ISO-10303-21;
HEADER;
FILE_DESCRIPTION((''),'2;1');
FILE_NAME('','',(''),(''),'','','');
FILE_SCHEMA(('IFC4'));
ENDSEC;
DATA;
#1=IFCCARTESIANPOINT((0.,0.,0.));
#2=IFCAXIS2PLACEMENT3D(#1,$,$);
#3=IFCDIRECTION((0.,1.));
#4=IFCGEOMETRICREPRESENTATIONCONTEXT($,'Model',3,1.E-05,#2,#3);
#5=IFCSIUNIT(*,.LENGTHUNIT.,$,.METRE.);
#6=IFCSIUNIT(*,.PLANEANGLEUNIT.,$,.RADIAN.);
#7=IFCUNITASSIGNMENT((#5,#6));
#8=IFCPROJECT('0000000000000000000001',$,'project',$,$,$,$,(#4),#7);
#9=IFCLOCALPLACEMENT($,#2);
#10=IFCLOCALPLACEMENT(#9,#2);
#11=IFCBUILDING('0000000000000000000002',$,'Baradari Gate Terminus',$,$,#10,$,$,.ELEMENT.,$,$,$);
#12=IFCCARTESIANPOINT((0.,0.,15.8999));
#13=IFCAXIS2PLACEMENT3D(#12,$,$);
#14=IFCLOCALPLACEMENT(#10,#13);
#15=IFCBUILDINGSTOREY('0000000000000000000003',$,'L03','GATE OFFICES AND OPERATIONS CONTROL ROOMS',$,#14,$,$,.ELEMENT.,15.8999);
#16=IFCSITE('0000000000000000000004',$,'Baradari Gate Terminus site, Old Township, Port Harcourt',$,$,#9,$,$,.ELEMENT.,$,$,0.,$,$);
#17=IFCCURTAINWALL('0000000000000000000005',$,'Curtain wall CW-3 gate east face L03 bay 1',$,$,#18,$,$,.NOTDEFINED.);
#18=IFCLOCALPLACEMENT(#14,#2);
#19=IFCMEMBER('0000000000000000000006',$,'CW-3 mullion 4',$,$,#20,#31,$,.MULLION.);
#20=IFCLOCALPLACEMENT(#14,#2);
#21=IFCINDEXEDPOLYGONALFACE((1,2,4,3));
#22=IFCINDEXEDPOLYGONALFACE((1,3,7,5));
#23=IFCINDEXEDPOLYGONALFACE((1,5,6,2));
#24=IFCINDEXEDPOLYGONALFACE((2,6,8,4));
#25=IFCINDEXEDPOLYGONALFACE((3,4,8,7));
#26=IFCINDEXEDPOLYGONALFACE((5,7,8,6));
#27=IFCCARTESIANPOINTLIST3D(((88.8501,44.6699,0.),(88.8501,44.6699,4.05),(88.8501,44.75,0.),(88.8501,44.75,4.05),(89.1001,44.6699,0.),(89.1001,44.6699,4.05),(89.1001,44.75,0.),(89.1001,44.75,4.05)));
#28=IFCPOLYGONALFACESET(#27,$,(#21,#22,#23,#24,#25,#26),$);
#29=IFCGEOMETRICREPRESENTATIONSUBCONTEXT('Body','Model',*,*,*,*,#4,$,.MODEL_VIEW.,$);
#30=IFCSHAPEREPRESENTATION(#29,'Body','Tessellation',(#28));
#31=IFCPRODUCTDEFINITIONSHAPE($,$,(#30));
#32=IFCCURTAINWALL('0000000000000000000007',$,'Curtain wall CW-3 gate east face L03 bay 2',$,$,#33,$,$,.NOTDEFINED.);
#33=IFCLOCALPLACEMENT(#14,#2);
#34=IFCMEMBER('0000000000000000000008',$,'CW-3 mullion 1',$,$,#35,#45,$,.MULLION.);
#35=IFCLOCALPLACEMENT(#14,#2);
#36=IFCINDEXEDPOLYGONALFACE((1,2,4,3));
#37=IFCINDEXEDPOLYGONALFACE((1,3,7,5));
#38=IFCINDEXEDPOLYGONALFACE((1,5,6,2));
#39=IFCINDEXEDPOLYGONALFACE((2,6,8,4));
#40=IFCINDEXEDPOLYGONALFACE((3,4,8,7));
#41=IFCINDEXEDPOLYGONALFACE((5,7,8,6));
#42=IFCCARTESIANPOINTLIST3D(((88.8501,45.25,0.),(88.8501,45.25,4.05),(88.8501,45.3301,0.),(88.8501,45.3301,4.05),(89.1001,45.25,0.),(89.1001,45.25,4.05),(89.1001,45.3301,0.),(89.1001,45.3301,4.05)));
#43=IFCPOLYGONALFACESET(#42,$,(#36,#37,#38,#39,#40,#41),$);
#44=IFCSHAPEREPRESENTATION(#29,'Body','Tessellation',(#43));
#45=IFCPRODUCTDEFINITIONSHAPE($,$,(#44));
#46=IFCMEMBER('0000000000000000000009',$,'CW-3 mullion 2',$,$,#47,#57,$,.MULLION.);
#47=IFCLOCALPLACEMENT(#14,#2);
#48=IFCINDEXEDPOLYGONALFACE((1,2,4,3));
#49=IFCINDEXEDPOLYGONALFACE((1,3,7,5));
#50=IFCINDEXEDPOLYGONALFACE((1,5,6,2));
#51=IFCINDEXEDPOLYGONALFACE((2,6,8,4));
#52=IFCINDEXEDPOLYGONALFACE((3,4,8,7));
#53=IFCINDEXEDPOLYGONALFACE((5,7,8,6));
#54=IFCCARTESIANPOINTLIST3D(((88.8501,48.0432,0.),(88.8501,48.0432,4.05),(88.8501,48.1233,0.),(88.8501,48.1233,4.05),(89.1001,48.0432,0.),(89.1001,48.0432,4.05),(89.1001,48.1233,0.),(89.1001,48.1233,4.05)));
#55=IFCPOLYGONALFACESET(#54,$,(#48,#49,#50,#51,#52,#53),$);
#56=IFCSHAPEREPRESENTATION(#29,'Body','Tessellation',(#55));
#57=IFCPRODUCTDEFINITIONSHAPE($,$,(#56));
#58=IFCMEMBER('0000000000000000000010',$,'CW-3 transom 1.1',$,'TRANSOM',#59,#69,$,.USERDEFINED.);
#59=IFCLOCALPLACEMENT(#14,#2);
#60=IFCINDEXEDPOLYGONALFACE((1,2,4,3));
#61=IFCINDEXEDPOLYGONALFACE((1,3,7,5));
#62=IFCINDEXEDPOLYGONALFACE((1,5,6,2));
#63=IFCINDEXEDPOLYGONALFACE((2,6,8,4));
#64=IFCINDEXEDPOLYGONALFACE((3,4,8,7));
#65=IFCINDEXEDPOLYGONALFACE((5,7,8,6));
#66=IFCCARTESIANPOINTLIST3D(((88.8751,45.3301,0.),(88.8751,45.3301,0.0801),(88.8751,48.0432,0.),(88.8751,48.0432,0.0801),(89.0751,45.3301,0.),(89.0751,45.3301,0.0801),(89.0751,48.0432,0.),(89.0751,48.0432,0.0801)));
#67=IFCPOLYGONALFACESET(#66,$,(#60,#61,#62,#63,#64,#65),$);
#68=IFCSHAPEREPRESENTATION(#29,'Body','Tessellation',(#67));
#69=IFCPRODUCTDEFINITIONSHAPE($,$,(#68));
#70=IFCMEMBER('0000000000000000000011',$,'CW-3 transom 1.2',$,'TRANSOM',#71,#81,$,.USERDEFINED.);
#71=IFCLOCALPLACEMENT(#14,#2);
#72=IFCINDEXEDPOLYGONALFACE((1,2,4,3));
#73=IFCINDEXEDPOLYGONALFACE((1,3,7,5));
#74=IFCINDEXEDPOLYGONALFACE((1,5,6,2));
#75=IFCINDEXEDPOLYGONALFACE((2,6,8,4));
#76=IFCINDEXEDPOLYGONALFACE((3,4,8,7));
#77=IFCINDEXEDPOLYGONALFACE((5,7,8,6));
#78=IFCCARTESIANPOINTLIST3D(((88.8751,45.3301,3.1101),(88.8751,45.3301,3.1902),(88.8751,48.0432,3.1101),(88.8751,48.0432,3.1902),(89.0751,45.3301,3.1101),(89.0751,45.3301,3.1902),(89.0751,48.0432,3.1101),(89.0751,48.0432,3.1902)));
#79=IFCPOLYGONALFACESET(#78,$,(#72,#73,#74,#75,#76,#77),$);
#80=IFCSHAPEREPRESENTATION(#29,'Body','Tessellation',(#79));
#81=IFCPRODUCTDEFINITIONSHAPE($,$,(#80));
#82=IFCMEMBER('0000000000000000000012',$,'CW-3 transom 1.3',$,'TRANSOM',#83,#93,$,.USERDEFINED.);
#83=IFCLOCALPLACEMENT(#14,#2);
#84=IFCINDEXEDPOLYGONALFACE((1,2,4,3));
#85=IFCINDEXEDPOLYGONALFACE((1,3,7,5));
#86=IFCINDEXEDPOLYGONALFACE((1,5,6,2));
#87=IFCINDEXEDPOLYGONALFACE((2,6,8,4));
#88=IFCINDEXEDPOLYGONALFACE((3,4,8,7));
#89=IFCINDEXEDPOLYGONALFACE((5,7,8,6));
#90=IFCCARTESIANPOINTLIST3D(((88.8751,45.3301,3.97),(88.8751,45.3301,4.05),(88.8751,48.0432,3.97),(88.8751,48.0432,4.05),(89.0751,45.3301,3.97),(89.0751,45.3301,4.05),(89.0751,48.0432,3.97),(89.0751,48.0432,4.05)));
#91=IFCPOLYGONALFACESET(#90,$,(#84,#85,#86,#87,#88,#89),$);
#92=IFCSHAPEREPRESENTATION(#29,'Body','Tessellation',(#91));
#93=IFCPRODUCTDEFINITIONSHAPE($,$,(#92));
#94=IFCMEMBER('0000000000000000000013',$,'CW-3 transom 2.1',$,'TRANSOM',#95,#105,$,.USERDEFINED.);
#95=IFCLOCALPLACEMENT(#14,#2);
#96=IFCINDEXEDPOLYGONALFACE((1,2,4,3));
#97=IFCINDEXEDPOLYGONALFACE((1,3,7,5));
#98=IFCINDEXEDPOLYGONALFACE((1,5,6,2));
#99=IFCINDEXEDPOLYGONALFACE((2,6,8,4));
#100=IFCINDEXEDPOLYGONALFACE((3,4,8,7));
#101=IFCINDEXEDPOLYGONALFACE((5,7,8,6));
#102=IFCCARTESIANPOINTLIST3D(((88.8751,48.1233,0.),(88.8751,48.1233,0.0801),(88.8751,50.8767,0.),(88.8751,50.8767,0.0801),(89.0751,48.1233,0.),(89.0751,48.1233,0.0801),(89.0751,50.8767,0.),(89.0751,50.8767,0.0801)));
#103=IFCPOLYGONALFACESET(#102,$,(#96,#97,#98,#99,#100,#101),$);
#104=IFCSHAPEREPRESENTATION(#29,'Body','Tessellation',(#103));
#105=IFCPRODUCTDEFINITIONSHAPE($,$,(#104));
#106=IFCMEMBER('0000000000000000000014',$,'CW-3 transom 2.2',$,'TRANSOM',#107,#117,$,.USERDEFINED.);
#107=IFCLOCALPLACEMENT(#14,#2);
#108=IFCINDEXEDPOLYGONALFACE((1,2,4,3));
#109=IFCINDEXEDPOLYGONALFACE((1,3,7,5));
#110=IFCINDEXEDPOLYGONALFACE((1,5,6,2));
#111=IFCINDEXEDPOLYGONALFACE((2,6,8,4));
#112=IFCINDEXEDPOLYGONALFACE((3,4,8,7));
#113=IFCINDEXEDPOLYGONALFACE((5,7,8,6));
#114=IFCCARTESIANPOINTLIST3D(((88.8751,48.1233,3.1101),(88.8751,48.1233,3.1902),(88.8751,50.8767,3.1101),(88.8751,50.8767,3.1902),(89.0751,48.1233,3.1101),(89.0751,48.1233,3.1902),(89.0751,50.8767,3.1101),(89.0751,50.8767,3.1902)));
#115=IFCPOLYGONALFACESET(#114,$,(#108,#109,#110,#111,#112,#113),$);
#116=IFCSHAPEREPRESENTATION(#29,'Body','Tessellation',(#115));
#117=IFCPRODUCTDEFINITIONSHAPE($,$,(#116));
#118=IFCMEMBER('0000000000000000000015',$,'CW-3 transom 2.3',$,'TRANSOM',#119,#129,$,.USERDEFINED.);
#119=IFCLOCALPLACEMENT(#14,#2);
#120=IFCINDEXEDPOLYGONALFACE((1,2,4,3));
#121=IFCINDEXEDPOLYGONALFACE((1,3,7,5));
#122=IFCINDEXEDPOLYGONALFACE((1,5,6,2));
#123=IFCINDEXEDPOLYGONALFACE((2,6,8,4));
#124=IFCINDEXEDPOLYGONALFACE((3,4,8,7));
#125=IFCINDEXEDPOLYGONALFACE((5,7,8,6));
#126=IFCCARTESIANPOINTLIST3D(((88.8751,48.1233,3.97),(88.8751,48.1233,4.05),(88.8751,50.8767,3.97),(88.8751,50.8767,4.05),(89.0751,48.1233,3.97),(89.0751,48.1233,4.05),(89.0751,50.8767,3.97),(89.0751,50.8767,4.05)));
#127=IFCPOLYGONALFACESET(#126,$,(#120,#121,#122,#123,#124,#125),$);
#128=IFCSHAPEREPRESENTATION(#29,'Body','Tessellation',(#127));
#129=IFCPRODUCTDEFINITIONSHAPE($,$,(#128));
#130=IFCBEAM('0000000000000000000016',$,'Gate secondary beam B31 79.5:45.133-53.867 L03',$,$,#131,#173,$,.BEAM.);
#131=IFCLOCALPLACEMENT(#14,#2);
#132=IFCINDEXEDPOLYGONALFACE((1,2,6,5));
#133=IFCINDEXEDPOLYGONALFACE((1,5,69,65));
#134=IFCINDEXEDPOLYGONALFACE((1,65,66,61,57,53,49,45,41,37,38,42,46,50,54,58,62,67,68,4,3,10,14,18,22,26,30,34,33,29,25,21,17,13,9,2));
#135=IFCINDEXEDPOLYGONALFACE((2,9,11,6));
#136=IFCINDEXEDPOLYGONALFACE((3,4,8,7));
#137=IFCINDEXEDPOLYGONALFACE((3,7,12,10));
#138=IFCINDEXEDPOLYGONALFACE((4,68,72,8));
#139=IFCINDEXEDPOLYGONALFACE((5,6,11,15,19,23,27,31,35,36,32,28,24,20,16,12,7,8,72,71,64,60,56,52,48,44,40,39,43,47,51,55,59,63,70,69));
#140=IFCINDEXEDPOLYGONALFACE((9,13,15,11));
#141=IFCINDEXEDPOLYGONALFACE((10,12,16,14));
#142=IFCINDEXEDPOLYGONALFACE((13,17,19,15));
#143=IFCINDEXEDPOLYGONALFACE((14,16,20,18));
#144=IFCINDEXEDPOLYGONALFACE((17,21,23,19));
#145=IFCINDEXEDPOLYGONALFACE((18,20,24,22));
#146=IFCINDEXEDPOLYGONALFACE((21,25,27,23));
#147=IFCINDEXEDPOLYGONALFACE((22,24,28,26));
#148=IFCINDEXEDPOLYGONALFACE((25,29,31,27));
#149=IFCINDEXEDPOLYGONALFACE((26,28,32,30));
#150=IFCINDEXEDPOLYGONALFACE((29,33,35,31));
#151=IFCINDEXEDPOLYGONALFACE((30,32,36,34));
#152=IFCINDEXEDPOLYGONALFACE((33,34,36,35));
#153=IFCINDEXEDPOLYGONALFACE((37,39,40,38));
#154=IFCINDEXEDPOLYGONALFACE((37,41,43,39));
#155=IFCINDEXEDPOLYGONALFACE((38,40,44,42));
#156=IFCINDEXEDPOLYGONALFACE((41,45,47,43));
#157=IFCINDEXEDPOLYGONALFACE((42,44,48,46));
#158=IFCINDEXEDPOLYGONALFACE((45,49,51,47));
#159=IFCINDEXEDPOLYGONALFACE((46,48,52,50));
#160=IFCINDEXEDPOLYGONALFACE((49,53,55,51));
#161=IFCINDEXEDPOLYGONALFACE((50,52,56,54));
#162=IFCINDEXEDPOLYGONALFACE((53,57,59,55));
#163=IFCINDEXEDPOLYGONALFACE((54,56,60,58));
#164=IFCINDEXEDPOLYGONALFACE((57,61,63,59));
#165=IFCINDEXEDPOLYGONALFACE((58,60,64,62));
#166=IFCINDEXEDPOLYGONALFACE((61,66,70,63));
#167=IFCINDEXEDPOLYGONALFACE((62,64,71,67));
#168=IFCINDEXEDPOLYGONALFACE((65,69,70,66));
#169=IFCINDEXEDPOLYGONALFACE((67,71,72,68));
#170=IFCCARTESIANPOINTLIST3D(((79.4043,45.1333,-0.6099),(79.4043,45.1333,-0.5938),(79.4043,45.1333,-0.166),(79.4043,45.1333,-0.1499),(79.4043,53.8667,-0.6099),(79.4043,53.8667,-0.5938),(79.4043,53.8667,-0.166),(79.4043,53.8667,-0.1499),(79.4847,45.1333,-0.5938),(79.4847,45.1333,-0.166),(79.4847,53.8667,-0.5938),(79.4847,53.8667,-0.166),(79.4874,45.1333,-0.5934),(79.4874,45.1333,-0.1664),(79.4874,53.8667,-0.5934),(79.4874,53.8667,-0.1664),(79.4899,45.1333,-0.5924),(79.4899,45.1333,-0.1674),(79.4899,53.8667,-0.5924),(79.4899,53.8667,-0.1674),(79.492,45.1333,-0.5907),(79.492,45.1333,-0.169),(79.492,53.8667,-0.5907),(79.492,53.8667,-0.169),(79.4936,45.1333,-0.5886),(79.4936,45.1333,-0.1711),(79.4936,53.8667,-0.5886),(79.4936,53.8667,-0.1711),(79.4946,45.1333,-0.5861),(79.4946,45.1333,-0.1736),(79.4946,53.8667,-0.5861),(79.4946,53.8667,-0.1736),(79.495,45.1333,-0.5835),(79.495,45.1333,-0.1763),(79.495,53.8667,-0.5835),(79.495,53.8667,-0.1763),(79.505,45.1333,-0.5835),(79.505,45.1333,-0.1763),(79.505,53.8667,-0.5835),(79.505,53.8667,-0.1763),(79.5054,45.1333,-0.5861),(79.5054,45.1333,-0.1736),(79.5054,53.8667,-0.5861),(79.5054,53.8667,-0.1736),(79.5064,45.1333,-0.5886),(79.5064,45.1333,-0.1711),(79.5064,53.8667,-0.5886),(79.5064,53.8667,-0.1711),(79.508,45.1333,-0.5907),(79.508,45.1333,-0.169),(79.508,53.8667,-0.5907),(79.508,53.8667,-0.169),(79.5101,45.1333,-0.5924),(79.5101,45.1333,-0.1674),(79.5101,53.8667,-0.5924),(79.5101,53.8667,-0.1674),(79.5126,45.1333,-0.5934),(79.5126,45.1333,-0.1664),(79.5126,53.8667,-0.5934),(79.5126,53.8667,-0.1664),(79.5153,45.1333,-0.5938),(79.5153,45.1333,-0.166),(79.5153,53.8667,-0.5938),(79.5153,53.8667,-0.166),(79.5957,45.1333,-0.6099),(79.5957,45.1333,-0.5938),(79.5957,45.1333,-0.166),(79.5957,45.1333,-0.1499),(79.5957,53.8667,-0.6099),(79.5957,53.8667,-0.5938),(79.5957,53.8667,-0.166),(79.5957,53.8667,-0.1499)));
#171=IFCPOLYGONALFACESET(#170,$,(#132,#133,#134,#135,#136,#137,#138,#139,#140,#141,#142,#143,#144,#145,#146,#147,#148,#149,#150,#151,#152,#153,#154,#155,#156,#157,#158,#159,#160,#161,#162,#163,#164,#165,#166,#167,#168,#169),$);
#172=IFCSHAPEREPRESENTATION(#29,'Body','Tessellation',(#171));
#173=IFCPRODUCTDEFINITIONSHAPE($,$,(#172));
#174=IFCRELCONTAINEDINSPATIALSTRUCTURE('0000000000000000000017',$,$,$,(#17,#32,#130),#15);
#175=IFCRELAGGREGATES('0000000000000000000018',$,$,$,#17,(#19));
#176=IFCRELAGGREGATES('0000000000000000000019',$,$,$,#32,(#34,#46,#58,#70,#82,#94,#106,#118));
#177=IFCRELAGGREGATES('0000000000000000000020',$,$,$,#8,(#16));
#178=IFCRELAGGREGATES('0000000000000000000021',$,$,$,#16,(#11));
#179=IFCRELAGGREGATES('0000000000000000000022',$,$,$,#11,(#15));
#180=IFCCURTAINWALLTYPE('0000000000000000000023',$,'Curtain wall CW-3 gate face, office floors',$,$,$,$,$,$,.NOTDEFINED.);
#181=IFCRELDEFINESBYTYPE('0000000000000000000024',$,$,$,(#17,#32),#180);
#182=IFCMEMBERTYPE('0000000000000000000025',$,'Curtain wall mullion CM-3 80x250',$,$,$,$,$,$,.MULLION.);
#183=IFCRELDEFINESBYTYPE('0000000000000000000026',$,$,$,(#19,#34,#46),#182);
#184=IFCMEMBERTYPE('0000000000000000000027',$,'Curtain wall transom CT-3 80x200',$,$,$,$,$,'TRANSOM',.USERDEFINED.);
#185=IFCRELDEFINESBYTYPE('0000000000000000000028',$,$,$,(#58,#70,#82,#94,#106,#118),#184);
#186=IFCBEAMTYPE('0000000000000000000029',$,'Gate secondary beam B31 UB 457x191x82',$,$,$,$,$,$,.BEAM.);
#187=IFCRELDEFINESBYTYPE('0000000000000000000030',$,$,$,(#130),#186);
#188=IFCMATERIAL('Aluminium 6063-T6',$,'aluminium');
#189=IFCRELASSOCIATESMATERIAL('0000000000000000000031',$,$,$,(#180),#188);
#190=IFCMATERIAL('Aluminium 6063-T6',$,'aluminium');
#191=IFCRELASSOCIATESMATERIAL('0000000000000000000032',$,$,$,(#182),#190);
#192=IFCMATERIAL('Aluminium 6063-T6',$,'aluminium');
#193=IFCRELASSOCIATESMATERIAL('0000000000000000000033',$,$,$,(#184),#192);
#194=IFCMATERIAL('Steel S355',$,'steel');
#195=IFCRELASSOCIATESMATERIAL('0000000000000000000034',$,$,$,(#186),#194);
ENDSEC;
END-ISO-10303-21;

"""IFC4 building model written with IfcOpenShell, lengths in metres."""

from ifc_helpers import new_model, si_unit, direction, frame, origin, origin_2d, place, context, subcontext, project, spatial, rectangle, i_section, extrude, material, material_profile, profile_set, type_object, element, aggregate, save


model = new_model("IFC4")

# Units and contexts
model_context = context("Model", 3, precision=1e-05, world=origin(), true_north=direction((0.0, 1.0)))
body_context = subcontext(model_context, "Body", "Model", "MODEL_VIEW")
ifc_project = project(units=[si_unit("LENGTHUNIT", "METRE"), si_unit("PLANEANGLEUNIT", "RADIAN")], contexts=[model_context])

# Site, building, storey
site_placement = place(None, origin())
site = spatial("IfcSite", under=ifc_project, at=site_placement, Name="Baradari Gate Terminus site, Old Township, Port Harcourt", CompositionType="ELEMENT", RefElevation=0.0)
building_placement = place(site_placement, origin())
building = spatial("IfcBuilding", under=site, at=building_placement, Name="Baradari Gate Terminus", CompositionType="ELEMENT")
storey_placement = place(building_placement, frame((0.0, 0.0, 15.8999)))
storey = spatial("IfcBuildingStorey", under=building, at=storey_placement, Name="L03", Description="GATE OFFICES AND OPERATIONS CONTROL ROOMS", CompositionType="ELEMENT", Elevation=15.8999)

# Curtain wall, member
ifc_material_1 = material(Name="Aluminium 6063-T6", Category="aluminium")
curtain_wall_type = type_object("IfcCurtainWallType", Name="Curtain wall CW-3 gate face, office floors", PredefinedType="NOTDEFINED", material=ifc_material_1)
curtain_wall_1_placement = place(storey_placement, origin())
curtain_wall_1 = element("IfcCurtainWall", 1, at=curtain_wall_1_placement, inside=storey, type_object=curtain_wall_type, Name="Curtain wall CW-3 gate east face L03 bay 1", PredefinedType="NOTDEFINED")
ifc_material_2 = material(Name="Aluminium 6063-T6", Category="aluminium")
ifc_material_profile_1 = material_profile(ifc_material_2, rectangle(XDim=0.25, YDim=0.0801, at=origin_2d()), Name="CM-3 80X250")
ifc_profile_set_1 = profile_set([ifc_material_profile_1], Name="Aluminium 6063-T6")
member_type_1 = type_object("IfcMemberType", Name="Curtain wall mullion CM-3 80x250", PredefinedType="MULLION", material=ifc_profile_set_1)
member_1_placement = place(storey_placement, frame((88.9751, 44.71, 0.0), z_axis=(0.0, 0.0, 1.0), x_axis=(-1.0, 0.0, 0.0)))
member_1 = element("IfcMember", 2, at=member_1_placement, type_object=member_type_1, Name="CW-3 mullion 4", PredefinedType="MULLION", context=body_context, shape_type="SweptSolid", body=[
    extrude(rectangle(XDim=0.25, YDim=0.0801, at=origin_2d()), origin(), (0.0, 0.0, 1.0), 4.05),
])

# Curtain wall, members
curtain_wall_2_placement = place(storey_placement, origin())
curtain_wall_2 = element("IfcCurtainWall", 3, at=curtain_wall_2_placement, inside=storey, type_object=curtain_wall_type, Name="Curtain wall CW-3 gate east face L03 bay 2", PredefinedType="NOTDEFINED")
member_2_placement = place(storey_placement, frame((88.9751, 45.29, 0.0), z_axis=(0.0, 0.0, 1.0), x_axis=(-1.0, 0.0, 0.0)))
member_2 = element("IfcMember", 4, at=member_2_placement, type_object=member_type_1, Name="CW-3 mullion 1", PredefinedType="MULLION", context=body_context, shape_type="SweptSolid", body=[
    extrude(rectangle(XDim=0.25, YDim=0.0801, at=origin_2d()), origin(), (0.0, 0.0, 1.0), 4.05),
])
member_3_placement = place(storey_placement, frame((88.9751, 48.0833, 0.0), z_axis=(0.0, 0.0, 1.0), x_axis=(-1.0, 0.0, 0.0)))
member_3 = element("IfcMember", 5, at=member_3_placement, type_object=member_type_1, Name="CW-3 mullion 2", PredefinedType="MULLION", context=body_context, shape_type="SweptSolid", body=[
    extrude(rectangle(XDim=0.25, YDim=0.0801, at=origin_2d()), origin(), (0.0, 0.0, 1.0), 4.05),
])
ifc_material_3 = material(Name="Aluminium 6063-T6", Category="aluminium")
ifc_material_profile_2 = material_profile(ifc_material_3, rectangle(XDim=0.2, YDim=0.0801, at=origin_2d()), Name="CT-3 80X200")
ifc_profile_set_2 = profile_set([ifc_material_profile_2], Name="Aluminium 6063-T6")
member_type_2 = type_object("IfcMemberType", Name="Curtain wall transom CT-3 80x200", ElementType="TRANSOM", PredefinedType="USERDEFINED", material=ifc_profile_set_2)
member_4_placement = place(storey_placement, frame((88.9751, 45.3301, 0.04), z_axis=(0.0, 1.0, 0.0), x_axis=(-1.0, 0.0, 0.0)))
member_4 = element("IfcMember", 6, at=member_4_placement, type_object=member_type_2, Name="CW-3 transom 1.1", ObjectType="TRANSOM", PredefinedType="USERDEFINED", context=body_context, shape_type="SweptSolid", body=[
    extrude(rectangle(XDim=0.2, YDim=0.0801, at=origin_2d()), origin(), (0.0, 0.0, 1.0), 2.7131),
])
member_5_placement = place(storey_placement, frame((88.9751, 45.3301, 3.1501), z_axis=(0.0, 1.0, 0.0), x_axis=(-1.0, 0.0, 0.0)))
member_5 = element("IfcMember", 7, at=member_5_placement, type_object=member_type_2, Name="CW-3 transom 1.2", ObjectType="TRANSOM", PredefinedType="USERDEFINED", context=body_context, shape_type="SweptSolid", body=[
    extrude(rectangle(XDim=0.2, YDim=0.0801, at=origin_2d()), origin(), (0.0, 0.0, 1.0), 2.7131),
])
member_6_placement = place(storey_placement, frame((88.9751, 45.3301, 4.01), z_axis=(0.0, 1.0, 0.0), x_axis=(-1.0, 0.0, 0.0)))
member_6 = element("IfcMember", 8, at=member_6_placement, type_object=member_type_2, Name="CW-3 transom 1.3", ObjectType="TRANSOM", PredefinedType="USERDEFINED", context=body_context, shape_type="SweptSolid", body=[
    extrude(rectangle(XDim=0.2, YDim=0.0801, at=origin_2d()), origin(), (0.0, 0.0, 1.0), 2.7131),
])
member_7_placement = place(storey_placement, frame((88.9751, 48.1233, 0.04), z_axis=(0.0, 1.0, 0.0), x_axis=(-1.0, 0.0, 0.0)))
member_7 = element("IfcMember", 9, at=member_7_placement, type_object=member_type_2, Name="CW-3 transom 2.1", ObjectType="TRANSOM", PredefinedType="USERDEFINED", context=body_context, shape_type="SweptSolid", body=[
    extrude(rectangle(XDim=0.2, YDim=0.0801, at=origin_2d()), origin(), (0.0, 0.0, 1.0), 2.7534),
])
member_8_placement = place(storey_placement, frame((88.9751, 48.1233, 3.1501), z_axis=(0.0, 1.0, 0.0), x_axis=(-1.0, 0.0, 0.0)))
member_8 = element("IfcMember", 10, at=member_8_placement, type_object=member_type_2, Name="CW-3 transom 2.2", ObjectType="TRANSOM", PredefinedType="USERDEFINED", context=body_context, shape_type="SweptSolid", body=[
    extrude(rectangle(XDim=0.2, YDim=0.0801, at=origin_2d()), origin(), (0.0, 0.0, 1.0), 2.7534),
])
member_9_placement = place(storey_placement, frame((88.9751, 48.1233, 4.01), z_axis=(0.0, 1.0, 0.0), x_axis=(-1.0, 0.0, 0.0)))
member_9 = element("IfcMember", 11, at=member_9_placement, type_object=member_type_2, Name="CW-3 transom 2.3", ObjectType="TRANSOM", PredefinedType="USERDEFINED", context=body_context, shape_type="SweptSolid", body=[
    extrude(rectangle(XDim=0.2, YDim=0.0801, at=origin_2d()), origin(), (0.0, 0.0, 1.0), 2.7534),
])

# Beam
ifc_material_4 = material(Name="Steel S355", Category="steel")
ifc_material_profile_3 = material_profile(ifc_material_4, i_section(OverallWidth=0.1914, OverallDepth=0.46, WebThickness=0.01, FlangeThickness=0.0161, FilletRadius=0.0103, at=origin_2d()), Name="UB 457x191x82")
ifc_profile_set_3 = profile_set([ifc_material_profile_3], Name="Steel S355")
beam_type = type_object("IfcBeamType", Name="Gate secondary beam B31 UB 457x191x82", PredefinedType="BEAM", material=ifc_profile_set_3)
for number, where, z_axis, x_axis, name in (
    (12, (79.5, 45.1333, -0.3799), (0.0, 1.0, 0.0), (-1.0, 0.0, 0.0), "Gate secondary beam B31 79.5:45.133-53.867 L03"),
):
    element("IfcBeam", number, at=place(storey_placement, frame(where, z_axis=z_axis, x_axis=x_axis)), inside=storey, type_object=beam_type, Name=name, PredefinedType="BEAM", context=body_context, shape_type="SweptSolid", body=[
        extrude(i_section(OverallWidth=0.1914, OverallDepth=0.46, WebThickness=0.01, FlangeThickness=0.0161, FilletRadius=0.0103, at=origin_2d()), origin(), (0.0, 0.0, 1.0), 8.7334),
    ])

aggregate(curtain_wall_1, [member_1])
aggregate(curtain_wall_2, [member_2, member_3, member_4, member_5, member_6, member_7, member_8, member_9])

save(model, "model.ifc")
